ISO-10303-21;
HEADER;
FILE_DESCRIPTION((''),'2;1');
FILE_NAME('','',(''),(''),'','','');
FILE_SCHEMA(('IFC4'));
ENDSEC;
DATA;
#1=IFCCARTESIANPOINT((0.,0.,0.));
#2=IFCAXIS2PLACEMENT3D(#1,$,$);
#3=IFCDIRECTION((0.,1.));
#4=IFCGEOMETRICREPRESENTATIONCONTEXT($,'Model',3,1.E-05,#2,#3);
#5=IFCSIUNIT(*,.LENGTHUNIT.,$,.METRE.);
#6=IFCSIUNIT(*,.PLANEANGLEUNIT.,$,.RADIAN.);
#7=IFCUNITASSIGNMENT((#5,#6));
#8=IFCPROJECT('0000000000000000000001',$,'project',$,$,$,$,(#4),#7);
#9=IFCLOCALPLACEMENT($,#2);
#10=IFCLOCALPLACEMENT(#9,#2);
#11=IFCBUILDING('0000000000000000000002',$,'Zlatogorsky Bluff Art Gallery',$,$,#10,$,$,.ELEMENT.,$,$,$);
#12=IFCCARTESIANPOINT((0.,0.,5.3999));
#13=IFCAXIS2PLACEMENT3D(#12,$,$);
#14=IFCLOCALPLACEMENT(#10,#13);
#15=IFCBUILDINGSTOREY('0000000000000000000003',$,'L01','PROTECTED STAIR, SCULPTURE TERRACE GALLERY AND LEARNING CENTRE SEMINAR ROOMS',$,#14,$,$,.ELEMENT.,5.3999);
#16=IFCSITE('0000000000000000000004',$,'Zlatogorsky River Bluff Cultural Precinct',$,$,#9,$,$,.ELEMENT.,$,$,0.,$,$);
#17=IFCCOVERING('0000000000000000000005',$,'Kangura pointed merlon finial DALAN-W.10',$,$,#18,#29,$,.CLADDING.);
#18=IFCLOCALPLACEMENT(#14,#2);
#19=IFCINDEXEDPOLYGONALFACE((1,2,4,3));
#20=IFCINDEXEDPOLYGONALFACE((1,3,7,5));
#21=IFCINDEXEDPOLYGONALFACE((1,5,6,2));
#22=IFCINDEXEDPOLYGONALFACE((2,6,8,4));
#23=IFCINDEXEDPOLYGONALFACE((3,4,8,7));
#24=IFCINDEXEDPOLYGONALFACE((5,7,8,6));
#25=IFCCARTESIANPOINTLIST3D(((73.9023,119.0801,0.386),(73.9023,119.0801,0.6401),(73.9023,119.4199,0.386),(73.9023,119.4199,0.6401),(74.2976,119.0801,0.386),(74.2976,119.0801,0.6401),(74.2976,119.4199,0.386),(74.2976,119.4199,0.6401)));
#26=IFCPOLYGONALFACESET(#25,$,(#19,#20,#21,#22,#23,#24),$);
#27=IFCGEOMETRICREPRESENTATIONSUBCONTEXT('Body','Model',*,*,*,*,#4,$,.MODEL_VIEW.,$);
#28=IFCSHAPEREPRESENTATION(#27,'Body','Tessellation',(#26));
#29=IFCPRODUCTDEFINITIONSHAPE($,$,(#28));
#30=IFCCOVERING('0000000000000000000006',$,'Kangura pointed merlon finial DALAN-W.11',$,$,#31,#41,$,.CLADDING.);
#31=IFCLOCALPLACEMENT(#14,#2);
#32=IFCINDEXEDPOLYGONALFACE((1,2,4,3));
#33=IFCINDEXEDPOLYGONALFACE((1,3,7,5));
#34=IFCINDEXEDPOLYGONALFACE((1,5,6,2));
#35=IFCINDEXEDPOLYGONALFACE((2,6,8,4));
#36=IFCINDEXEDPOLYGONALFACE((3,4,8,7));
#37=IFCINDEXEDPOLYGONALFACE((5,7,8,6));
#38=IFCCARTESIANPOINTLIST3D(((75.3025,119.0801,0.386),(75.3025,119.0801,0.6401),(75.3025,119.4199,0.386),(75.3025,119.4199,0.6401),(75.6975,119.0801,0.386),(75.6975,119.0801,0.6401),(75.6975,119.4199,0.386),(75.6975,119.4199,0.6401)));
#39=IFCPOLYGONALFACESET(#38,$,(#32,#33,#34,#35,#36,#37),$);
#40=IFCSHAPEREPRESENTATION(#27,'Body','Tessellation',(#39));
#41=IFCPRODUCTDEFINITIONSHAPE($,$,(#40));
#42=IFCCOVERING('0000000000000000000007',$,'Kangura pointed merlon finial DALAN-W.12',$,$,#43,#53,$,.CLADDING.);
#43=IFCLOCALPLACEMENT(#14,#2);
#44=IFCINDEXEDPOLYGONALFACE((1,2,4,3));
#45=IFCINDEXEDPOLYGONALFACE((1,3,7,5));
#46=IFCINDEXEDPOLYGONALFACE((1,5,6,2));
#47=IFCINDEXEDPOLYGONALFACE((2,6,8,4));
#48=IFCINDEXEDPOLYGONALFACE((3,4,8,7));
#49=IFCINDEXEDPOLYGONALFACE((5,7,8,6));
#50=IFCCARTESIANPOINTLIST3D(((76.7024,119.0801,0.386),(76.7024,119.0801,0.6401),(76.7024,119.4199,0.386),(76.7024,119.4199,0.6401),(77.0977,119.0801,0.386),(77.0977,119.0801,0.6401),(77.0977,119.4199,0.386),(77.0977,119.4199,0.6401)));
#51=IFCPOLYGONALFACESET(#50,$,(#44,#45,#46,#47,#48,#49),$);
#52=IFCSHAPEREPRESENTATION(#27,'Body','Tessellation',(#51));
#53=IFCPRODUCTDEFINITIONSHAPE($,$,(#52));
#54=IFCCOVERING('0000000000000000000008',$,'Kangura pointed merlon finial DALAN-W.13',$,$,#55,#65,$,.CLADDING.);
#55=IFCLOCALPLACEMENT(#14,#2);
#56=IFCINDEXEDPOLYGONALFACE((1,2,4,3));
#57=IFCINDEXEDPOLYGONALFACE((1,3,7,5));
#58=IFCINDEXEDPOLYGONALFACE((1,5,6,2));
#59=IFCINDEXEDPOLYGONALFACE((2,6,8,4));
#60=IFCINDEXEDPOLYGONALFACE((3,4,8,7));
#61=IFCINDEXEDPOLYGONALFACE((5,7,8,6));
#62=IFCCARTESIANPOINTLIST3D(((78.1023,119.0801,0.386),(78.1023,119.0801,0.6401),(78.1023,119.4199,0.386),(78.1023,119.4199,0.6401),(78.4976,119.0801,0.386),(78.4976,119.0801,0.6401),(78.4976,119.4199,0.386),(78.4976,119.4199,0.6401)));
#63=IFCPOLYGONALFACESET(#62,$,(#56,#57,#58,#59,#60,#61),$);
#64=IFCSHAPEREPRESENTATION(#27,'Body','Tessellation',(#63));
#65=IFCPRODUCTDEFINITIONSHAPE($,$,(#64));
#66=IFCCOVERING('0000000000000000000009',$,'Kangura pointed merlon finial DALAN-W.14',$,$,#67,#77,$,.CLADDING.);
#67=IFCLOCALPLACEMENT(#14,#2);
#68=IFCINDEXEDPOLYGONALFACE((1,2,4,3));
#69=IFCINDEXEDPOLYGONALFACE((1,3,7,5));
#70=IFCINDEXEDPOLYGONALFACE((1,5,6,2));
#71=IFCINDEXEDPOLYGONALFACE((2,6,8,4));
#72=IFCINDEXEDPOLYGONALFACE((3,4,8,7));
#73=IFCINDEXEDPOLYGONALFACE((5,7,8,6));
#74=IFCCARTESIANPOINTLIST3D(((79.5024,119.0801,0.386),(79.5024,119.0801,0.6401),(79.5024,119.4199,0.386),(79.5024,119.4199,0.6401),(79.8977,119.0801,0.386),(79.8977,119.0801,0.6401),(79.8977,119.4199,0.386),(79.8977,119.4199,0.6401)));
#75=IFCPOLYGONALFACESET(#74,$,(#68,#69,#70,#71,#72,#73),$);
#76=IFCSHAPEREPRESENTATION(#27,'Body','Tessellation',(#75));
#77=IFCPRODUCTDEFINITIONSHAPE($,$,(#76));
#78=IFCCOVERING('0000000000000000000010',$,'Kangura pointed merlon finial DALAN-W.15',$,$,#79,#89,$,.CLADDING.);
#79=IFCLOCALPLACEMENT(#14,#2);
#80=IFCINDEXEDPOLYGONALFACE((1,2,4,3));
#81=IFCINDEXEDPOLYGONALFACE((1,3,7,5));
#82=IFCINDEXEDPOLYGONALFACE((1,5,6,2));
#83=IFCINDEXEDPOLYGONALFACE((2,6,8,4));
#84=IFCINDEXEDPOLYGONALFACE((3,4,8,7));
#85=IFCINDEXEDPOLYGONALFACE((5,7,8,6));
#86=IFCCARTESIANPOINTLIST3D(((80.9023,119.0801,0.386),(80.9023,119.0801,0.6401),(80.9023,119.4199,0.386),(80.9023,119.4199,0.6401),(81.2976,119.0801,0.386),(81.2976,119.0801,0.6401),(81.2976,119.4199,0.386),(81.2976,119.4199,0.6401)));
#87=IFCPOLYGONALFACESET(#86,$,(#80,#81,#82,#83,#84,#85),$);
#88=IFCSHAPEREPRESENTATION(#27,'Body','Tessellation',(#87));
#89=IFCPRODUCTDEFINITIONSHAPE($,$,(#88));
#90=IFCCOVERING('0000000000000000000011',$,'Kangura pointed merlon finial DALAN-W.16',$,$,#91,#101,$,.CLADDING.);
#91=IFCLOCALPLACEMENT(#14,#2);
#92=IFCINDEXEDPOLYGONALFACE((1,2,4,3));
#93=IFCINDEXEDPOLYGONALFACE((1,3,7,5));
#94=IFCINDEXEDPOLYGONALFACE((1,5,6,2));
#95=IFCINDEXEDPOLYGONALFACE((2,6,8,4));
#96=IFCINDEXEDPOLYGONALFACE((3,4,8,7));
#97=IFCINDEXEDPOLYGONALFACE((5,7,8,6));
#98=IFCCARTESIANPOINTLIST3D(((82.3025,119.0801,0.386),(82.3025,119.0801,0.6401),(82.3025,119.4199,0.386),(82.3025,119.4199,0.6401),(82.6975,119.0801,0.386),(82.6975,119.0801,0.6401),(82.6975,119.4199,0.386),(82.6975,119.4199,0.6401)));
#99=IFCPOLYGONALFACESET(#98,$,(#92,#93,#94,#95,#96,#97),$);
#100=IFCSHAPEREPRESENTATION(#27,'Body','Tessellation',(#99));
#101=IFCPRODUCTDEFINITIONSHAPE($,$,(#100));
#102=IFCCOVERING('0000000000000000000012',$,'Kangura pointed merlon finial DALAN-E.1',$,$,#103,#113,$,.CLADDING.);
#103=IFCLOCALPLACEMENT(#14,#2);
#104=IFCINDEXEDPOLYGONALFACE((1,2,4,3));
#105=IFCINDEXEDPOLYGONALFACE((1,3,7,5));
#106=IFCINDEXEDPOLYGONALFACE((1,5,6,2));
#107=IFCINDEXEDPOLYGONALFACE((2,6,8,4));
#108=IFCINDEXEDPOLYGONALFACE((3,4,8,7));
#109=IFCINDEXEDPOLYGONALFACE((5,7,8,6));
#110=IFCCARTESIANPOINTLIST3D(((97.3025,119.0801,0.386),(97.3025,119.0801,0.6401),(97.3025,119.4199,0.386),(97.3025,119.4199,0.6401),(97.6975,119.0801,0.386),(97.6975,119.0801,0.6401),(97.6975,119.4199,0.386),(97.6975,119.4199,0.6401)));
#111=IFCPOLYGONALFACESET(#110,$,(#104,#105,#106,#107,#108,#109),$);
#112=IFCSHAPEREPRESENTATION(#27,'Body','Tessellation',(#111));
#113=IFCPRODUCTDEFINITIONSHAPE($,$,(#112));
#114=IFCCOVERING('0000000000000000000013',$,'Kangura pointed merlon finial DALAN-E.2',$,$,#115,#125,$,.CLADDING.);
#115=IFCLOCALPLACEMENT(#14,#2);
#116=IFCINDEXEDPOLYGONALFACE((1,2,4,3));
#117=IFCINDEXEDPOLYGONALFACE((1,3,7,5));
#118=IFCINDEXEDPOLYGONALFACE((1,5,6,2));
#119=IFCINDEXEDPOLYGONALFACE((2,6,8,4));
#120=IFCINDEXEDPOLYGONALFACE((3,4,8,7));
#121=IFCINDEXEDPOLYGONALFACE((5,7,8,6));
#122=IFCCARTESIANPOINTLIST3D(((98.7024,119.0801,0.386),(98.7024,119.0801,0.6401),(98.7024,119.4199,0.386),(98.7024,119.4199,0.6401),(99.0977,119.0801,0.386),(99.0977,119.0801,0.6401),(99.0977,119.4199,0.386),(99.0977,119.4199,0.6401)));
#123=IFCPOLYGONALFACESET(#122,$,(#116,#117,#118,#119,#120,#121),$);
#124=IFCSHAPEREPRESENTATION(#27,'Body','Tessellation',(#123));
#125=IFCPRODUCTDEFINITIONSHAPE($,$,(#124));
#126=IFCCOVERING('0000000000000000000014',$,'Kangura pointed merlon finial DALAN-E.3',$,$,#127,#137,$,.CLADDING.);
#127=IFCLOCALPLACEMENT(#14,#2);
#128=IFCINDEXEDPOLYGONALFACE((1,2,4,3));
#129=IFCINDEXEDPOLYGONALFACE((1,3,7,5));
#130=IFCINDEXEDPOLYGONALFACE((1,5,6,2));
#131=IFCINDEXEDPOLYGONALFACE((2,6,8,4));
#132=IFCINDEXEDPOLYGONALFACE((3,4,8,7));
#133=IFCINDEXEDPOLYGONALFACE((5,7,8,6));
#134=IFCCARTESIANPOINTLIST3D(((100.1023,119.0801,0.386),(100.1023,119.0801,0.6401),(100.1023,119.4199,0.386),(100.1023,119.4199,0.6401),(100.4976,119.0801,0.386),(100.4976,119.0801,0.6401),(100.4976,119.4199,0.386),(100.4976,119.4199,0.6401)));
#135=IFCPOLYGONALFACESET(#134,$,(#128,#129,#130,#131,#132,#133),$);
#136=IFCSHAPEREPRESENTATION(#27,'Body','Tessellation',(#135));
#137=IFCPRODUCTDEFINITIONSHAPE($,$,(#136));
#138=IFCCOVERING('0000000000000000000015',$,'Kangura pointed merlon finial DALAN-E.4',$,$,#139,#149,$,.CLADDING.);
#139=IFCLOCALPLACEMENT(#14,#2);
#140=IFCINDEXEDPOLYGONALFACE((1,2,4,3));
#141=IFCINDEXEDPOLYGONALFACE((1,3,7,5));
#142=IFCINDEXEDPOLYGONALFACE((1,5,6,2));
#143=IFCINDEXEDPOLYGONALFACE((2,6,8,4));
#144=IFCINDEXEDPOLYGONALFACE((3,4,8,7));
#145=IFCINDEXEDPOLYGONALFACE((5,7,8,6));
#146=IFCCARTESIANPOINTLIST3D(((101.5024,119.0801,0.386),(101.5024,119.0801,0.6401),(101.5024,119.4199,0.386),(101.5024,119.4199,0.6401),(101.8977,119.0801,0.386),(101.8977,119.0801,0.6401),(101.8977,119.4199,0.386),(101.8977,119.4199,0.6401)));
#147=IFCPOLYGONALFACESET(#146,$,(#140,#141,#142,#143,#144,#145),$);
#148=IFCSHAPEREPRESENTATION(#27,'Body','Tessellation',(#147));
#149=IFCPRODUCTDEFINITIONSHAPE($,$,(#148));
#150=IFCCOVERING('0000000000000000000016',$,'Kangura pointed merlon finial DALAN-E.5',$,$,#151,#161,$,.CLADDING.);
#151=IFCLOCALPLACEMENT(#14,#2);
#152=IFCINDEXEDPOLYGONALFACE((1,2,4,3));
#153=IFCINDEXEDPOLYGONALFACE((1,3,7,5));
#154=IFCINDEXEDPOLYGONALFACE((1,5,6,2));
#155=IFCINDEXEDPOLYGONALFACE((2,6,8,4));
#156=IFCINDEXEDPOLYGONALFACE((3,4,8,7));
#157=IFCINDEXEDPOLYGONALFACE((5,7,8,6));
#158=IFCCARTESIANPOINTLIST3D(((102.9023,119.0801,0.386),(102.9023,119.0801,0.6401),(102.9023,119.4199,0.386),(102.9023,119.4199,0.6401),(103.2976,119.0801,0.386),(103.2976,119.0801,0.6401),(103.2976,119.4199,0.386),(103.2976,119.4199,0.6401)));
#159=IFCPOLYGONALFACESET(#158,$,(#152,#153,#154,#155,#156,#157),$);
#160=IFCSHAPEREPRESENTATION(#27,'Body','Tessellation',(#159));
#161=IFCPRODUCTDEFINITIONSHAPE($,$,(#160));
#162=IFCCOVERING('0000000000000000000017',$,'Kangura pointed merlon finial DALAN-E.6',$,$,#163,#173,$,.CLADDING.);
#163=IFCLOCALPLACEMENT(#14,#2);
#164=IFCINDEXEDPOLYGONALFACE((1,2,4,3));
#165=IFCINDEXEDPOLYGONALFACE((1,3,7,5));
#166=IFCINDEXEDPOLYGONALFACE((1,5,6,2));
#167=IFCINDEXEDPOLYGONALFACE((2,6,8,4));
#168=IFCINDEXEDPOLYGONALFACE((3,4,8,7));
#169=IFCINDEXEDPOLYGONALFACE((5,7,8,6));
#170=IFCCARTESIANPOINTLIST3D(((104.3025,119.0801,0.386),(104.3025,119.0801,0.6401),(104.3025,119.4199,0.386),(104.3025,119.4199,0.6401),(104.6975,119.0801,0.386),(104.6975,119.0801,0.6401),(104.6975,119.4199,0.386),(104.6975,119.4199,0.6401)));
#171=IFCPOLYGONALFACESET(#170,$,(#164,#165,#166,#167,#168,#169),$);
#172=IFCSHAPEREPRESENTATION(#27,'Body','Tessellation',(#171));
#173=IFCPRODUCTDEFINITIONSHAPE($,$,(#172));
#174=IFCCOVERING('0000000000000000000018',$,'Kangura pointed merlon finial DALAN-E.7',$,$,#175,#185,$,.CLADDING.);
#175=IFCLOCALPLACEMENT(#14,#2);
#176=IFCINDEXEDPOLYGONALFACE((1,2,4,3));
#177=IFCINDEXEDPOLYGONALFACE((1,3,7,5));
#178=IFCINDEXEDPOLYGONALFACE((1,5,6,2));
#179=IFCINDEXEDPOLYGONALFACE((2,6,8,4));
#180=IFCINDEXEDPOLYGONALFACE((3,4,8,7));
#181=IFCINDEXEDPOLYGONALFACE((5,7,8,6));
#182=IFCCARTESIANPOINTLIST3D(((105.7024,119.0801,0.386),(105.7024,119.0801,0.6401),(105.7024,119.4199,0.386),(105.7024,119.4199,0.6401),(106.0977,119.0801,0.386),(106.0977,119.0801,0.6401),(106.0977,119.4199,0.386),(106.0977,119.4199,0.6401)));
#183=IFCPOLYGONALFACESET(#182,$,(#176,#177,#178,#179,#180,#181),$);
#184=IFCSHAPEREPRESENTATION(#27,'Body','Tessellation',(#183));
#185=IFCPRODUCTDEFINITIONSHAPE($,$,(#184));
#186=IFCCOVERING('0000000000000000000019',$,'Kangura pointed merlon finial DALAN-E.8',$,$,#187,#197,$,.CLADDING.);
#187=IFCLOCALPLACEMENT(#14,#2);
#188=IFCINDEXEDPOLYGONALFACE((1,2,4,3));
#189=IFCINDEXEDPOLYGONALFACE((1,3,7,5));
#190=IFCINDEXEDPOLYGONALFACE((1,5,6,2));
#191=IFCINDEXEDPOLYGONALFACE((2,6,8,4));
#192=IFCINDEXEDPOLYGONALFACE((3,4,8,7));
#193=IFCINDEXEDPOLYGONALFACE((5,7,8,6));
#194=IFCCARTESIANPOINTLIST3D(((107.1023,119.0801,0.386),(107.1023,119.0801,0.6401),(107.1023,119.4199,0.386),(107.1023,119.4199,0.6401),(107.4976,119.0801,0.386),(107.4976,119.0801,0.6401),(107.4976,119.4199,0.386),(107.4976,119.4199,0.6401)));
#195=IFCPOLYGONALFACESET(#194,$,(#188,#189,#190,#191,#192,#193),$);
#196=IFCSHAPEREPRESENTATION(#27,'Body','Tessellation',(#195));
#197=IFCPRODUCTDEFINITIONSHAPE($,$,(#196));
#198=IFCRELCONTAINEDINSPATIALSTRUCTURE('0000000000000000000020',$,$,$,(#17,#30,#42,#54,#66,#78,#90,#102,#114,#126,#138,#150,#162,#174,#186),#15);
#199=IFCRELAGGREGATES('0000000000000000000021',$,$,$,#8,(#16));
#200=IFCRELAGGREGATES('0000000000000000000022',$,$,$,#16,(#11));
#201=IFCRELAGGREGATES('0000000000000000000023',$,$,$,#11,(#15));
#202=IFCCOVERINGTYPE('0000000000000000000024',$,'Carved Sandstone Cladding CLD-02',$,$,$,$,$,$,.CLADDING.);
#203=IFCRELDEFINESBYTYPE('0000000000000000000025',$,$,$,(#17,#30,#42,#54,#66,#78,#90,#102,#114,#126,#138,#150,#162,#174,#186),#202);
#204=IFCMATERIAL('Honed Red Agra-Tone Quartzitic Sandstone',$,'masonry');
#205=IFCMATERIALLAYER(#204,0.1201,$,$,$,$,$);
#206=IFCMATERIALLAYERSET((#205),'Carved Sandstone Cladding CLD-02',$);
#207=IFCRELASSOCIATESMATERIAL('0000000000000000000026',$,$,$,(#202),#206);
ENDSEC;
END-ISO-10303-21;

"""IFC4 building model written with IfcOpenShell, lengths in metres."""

from ifc_helpers import new_model, si_unit, direction, frame, origin, place, context, subcontext, project, spatial, polyline, outline, extrude, material, layer, layer_set, type_object, element, save


model = new_model("IFC4")

# Units and contexts
model_context = context("Model", 3, precision=1e-05, world=origin(), true_north=direction((0.0, 1.0)))
body_context = subcontext(model_context, "Body", "Model", "MODEL_VIEW")
ifc_project = project(units=[si_unit("LENGTHUNIT", "METRE"), si_unit("PLANEANGLEUNIT", "RADIAN")], contexts=[model_context])

# Site, building, storey
site_placement = place(None, origin())
site = spatial("IfcSite", under=ifc_project, at=site_placement, Name="Zlatogorsky River Bluff Cultural Precinct", CompositionType="ELEMENT", RefElevation=0.0)
building_placement = place(site_placement, origin())
building = spatial("IfcBuilding", under=site, at=building_placement, Name="Zlatogorsky Bluff Art Gallery", CompositionType="ELEMENT")
storey_placement = place(building_placement, frame((0.0, 0.0, 5.3999)))
storey = spatial("IfcBuildingStorey", under=building, at=storey_placement, Name="L01", Description="PROTECTED STAIR, SCULPTURE TERRACE GALLERY AND LEARNING CENTRE SEMINAR ROOMS", CompositionType="ELEMENT", Elevation=5.3999)

# Coverings
ifc_material = material(Name="Honed Red Agra-Tone Quartzitic Sandstone", Category="masonry")
ifc_layer = layer(ifc_material, 0.1201)
ifc_layer_set = layer_set([ifc_layer], Name="Carved Sandstone Cladding CLD-02")
covering_type = type_object("IfcCoveringType", Name="Carved Sandstone Cladding CLD-02", PredefinedType="CLADDING", material=ifc_layer_set)
covering_1_placement = place(storey_placement, frame((0.0, 0.0, 0.386)))
element("IfcCovering", 1, at=covering_1_placement, inside=storey, type_object=covering_type, Name="Kangura pointed merlon finial DALAN-W.10", PredefinedType="CLADDING", context=body_context, shape_type="SweptSolid", body=[
    extrude(outline(polyline([(73.9023, 119.0801), (74.2976, 119.0801), (74.2976, 119.4199), (73.9023, 119.4199), (73.9023, 119.0801)])), origin(), (0.0, 0.0, 1.0), 0.2542),
])
covering_2_placement = place(storey_placement, frame((0.0, 0.0, 0.386)))
element("IfcCovering", 2, at=covering_2_placement, inside=storey, type_object=covering_type, Name="Kangura pointed merlon finial DALAN-W.11", PredefinedType="CLADDING", context=body_context, shape_type="SweptSolid", body=[
    extrude(outline(polyline([(75.3025, 119.0801), (75.6975, 119.0801), (75.6975, 119.4199), (75.3025, 119.4199), (75.3025, 119.0801)])), origin(), (0.0, 0.0, 1.0), 0.2542),
])
covering_3_placement = place(storey_placement, frame((0.0, 0.0, 0.386)))
element("IfcCovering", 3, at=covering_3_placement, inside=storey, type_object=covering_type, Name="Kangura pointed merlon finial DALAN-W.12", PredefinedType="CLADDING", context=body_context, shape_type="SweptSolid", body=[
    extrude(outline(polyline([(76.7024, 119.0801), (77.0977, 119.0801), (77.0977, 119.4199), (76.7024, 119.4199), (76.7024, 119.0801)])), origin(), (0.0, 0.0, 1.0), 0.2542),
])
covering_4_placement = place(storey_placement, frame((0.0, 0.0, 0.386)))
element("IfcCovering", 4, at=covering_4_placement, inside=storey, type_object=covering_type, Name="Kangura pointed merlon finial DALAN-W.13", PredefinedType="CLADDING", context=body_context, shape_type="SweptSolid", body=[
    extrude(outline(polyline([(78.1023, 119.0801), (78.4976, 119.0801), (78.4976, 119.4199), (78.1023, 119.4199), (78.1023, 119.0801)])), origin(), (0.0, 0.0, 1.0), 0.2542),
])
covering_5_placement = place(storey_placement, frame((0.0, 0.0, 0.386)))
element("IfcCovering", 5, at=covering_5_placement, inside=storey, type_object=covering_type, Name="Kangura pointed merlon finial DALAN-W.14", PredefinedType="CLADDING", context=body_context, shape_type="SweptSolid", body=[
    extrude(outline(polyline([(79.5024, 119.0801), (79.8977, 119.0801), (79.8977, 119.4199), (79.5024, 119.4199), (79.5024, 119.0801)])), origin(), (0.0, 0.0, 1.0), 0.2542),
])
covering_6_placement = place(storey_placement, frame((0.0, 0.0, 0.386)))
element("IfcCovering", 6, at=covering_6_placement, inside=storey, type_object=covering_type, Name="Kangura pointed merlon finial DALAN-W.15", PredefinedType="CLADDING", context=body_context, shape_type="SweptSolid", body=[
    extrude(outline(polyline([(80.9023, 119.0801), (81.2976, 119.0801), (81.2976, 119.4199), (80.9023, 119.4199), (80.9023, 119.0801)])), origin(), (0.0, 0.0, 1.0), 0.2542),
])
covering_7_placement = place(storey_placement, frame((0.0, 0.0, 0.386)))
element("IfcCovering", 7, at=covering_7_placement, inside=storey, type_object=covering_type, Name="Kangura pointed merlon finial DALAN-W.16", PredefinedType="CLADDING", context=body_context, shape_type="SweptSolid", body=[
    extrude(outline(polyline([(82.3025, 119.0801), (82.6975, 119.0801), (82.6975, 119.4199), (82.3025, 119.4199), (82.3025, 119.0801)])), origin(), (0.0, 0.0, 1.0), 0.2542),
])
covering_8_placement = place(storey_placement, frame((0.0, 0.0, 0.386)))
element("IfcCovering", 8, at=covering_8_placement, inside=storey, type_object=covering_type, Name="Kangura pointed merlon finial DALAN-E.1", PredefinedType="CLADDING", context=body_context, shape_type="SweptSolid", body=[
    extrude(outline(polyline([(97.3025, 119.0801), (97.6975, 119.0801), (97.6975, 119.4199), (97.3025, 119.4199), (97.3025, 119.0801)])), origin(), (0.0, 0.0, 1.0), 0.2542),
])
covering_9_placement = place(storey_placement, frame((0.0, 0.0, 0.386)))
element("IfcCovering", 9, at=covering_9_placement, inside=storey, type_object=covering_type, Name="Kangura pointed merlon finial DALAN-E.2", PredefinedType="CLADDING", context=body_context, shape_type="SweptSolid", body=[
    extrude(outline(polyline([(98.7024, 119.0801), (99.0977, 119.0801), (99.0977, 119.4199), (98.7024, 119.4199), (98.7024, 119.0801)])), origin(), (0.0, 0.0, 1.0), 0.2542),
])
covering_10_placement = place(storey_placement, frame((0.0, 0.0, 0.386)))
element("IfcCovering", 10, at=covering_10_placement, inside=storey, type_object=covering_type, Name="Kangura pointed merlon finial DALAN-E.3", PredefinedType="CLADDING", context=body_context, shape_type="SweptSolid", body=[
    extrude(outline(polyline([(100.1023, 119.0801), (100.4976, 119.0801), (100.4976, 119.4199), (100.1023, 119.4199), (100.1023, 119.0801)])), origin(), (0.0, 0.0, 1.0), 0.2542),
])
covering_11_placement = place(storey_placement, frame((0.0, 0.0, 0.386)))
element("IfcCovering", 11, at=covering_11_placement, inside=storey, type_object=covering_type, Name="Kangura pointed merlon finial DALAN-E.4", PredefinedType="CLADDING", context=body_context, shape_type="SweptSolid", body=[
    extrude(outline(polyline([(101.5024, 119.0801), (101.8977, 119.0801), (101.8977, 119.4199), (101.5024, 119.4199), (101.5024, 119.0801)])), origin(), (0.0, 0.0, 1.0), 0.2542),
])
covering_12_placement = place(storey_placement, frame((0.0, 0.0, 0.386)))
element("IfcCovering", 12, at=covering_12_placement, inside=storey, type_object=covering_type, Name="Kangura pointed merlon finial DALAN-E.5", PredefinedType="CLADDING", context=body_context, shape_type="SweptSolid", body=[
    extrude(outline(polyline([(102.9023, 119.0801), (103.2976, 119.0801), (103.2976, 119.4199), (102.9023, 119.4199), (102.9023, 119.0801)])), origin(), (0.0, 0.0, 1.0), 0.2542),
])
covering_13_placement = place(storey_placement, frame((0.0, 0.0, 0.386)))
element("IfcCovering", 13, at=covering_13_placement, inside=storey, type_object=covering_type, Name="Kangura pointed merlon finial DALAN-E.6", PredefinedType="CLADDING", context=body_context, shape_type="SweptSolid", body=[
    extrude(outline(polyline([(104.3025, 119.0801), (104.6975, 119.0801), (104.6975, 119.4199), (104.3025, 119.4199), (104.3025, 119.0801)])), origin(), (0.0, 0.0, 1.0), 0.2542),
])
covering_14_placement = place(storey_placement, frame((0.0, 0.0, 0.386)))
element("IfcCovering", 14, at=covering_14_placement, inside=storey, type_object=covering_type, Name="Kangura pointed merlon finial DALAN-E.7", PredefinedType="CLADDING", context=body_context, shape_type="SweptSolid", body=[
    extrude(outline(polyline([(105.7024, 119.0801), (106.0977, 119.0801), (106.0977, 119.4199), (105.7024, 119.4199), (105.7024, 119.0801)])), origin(), (0.0, 0.0, 1.0), 0.2542),
])
covering_15_placement = place(storey_placement, frame((0.0, 0.0, 0.386)))
element("IfcCovering", 15, at=covering_15_placement, inside=storey, type_object=covering_type, Name="Kangura pointed merlon finial DALAN-E.8", PredefinedType="CLADDING", context=body_context, shape_type="SweptSolid", body=[
    extrude(outline(polyline([(107.1023, 119.0801), (107.4976, 119.0801), (107.4976, 119.4199), (107.1023, 119.4199), (107.1023, 119.0801)])), origin(), (0.0, 0.0, 1.0), 0.2542),
])

save(model, "model.ifc")
